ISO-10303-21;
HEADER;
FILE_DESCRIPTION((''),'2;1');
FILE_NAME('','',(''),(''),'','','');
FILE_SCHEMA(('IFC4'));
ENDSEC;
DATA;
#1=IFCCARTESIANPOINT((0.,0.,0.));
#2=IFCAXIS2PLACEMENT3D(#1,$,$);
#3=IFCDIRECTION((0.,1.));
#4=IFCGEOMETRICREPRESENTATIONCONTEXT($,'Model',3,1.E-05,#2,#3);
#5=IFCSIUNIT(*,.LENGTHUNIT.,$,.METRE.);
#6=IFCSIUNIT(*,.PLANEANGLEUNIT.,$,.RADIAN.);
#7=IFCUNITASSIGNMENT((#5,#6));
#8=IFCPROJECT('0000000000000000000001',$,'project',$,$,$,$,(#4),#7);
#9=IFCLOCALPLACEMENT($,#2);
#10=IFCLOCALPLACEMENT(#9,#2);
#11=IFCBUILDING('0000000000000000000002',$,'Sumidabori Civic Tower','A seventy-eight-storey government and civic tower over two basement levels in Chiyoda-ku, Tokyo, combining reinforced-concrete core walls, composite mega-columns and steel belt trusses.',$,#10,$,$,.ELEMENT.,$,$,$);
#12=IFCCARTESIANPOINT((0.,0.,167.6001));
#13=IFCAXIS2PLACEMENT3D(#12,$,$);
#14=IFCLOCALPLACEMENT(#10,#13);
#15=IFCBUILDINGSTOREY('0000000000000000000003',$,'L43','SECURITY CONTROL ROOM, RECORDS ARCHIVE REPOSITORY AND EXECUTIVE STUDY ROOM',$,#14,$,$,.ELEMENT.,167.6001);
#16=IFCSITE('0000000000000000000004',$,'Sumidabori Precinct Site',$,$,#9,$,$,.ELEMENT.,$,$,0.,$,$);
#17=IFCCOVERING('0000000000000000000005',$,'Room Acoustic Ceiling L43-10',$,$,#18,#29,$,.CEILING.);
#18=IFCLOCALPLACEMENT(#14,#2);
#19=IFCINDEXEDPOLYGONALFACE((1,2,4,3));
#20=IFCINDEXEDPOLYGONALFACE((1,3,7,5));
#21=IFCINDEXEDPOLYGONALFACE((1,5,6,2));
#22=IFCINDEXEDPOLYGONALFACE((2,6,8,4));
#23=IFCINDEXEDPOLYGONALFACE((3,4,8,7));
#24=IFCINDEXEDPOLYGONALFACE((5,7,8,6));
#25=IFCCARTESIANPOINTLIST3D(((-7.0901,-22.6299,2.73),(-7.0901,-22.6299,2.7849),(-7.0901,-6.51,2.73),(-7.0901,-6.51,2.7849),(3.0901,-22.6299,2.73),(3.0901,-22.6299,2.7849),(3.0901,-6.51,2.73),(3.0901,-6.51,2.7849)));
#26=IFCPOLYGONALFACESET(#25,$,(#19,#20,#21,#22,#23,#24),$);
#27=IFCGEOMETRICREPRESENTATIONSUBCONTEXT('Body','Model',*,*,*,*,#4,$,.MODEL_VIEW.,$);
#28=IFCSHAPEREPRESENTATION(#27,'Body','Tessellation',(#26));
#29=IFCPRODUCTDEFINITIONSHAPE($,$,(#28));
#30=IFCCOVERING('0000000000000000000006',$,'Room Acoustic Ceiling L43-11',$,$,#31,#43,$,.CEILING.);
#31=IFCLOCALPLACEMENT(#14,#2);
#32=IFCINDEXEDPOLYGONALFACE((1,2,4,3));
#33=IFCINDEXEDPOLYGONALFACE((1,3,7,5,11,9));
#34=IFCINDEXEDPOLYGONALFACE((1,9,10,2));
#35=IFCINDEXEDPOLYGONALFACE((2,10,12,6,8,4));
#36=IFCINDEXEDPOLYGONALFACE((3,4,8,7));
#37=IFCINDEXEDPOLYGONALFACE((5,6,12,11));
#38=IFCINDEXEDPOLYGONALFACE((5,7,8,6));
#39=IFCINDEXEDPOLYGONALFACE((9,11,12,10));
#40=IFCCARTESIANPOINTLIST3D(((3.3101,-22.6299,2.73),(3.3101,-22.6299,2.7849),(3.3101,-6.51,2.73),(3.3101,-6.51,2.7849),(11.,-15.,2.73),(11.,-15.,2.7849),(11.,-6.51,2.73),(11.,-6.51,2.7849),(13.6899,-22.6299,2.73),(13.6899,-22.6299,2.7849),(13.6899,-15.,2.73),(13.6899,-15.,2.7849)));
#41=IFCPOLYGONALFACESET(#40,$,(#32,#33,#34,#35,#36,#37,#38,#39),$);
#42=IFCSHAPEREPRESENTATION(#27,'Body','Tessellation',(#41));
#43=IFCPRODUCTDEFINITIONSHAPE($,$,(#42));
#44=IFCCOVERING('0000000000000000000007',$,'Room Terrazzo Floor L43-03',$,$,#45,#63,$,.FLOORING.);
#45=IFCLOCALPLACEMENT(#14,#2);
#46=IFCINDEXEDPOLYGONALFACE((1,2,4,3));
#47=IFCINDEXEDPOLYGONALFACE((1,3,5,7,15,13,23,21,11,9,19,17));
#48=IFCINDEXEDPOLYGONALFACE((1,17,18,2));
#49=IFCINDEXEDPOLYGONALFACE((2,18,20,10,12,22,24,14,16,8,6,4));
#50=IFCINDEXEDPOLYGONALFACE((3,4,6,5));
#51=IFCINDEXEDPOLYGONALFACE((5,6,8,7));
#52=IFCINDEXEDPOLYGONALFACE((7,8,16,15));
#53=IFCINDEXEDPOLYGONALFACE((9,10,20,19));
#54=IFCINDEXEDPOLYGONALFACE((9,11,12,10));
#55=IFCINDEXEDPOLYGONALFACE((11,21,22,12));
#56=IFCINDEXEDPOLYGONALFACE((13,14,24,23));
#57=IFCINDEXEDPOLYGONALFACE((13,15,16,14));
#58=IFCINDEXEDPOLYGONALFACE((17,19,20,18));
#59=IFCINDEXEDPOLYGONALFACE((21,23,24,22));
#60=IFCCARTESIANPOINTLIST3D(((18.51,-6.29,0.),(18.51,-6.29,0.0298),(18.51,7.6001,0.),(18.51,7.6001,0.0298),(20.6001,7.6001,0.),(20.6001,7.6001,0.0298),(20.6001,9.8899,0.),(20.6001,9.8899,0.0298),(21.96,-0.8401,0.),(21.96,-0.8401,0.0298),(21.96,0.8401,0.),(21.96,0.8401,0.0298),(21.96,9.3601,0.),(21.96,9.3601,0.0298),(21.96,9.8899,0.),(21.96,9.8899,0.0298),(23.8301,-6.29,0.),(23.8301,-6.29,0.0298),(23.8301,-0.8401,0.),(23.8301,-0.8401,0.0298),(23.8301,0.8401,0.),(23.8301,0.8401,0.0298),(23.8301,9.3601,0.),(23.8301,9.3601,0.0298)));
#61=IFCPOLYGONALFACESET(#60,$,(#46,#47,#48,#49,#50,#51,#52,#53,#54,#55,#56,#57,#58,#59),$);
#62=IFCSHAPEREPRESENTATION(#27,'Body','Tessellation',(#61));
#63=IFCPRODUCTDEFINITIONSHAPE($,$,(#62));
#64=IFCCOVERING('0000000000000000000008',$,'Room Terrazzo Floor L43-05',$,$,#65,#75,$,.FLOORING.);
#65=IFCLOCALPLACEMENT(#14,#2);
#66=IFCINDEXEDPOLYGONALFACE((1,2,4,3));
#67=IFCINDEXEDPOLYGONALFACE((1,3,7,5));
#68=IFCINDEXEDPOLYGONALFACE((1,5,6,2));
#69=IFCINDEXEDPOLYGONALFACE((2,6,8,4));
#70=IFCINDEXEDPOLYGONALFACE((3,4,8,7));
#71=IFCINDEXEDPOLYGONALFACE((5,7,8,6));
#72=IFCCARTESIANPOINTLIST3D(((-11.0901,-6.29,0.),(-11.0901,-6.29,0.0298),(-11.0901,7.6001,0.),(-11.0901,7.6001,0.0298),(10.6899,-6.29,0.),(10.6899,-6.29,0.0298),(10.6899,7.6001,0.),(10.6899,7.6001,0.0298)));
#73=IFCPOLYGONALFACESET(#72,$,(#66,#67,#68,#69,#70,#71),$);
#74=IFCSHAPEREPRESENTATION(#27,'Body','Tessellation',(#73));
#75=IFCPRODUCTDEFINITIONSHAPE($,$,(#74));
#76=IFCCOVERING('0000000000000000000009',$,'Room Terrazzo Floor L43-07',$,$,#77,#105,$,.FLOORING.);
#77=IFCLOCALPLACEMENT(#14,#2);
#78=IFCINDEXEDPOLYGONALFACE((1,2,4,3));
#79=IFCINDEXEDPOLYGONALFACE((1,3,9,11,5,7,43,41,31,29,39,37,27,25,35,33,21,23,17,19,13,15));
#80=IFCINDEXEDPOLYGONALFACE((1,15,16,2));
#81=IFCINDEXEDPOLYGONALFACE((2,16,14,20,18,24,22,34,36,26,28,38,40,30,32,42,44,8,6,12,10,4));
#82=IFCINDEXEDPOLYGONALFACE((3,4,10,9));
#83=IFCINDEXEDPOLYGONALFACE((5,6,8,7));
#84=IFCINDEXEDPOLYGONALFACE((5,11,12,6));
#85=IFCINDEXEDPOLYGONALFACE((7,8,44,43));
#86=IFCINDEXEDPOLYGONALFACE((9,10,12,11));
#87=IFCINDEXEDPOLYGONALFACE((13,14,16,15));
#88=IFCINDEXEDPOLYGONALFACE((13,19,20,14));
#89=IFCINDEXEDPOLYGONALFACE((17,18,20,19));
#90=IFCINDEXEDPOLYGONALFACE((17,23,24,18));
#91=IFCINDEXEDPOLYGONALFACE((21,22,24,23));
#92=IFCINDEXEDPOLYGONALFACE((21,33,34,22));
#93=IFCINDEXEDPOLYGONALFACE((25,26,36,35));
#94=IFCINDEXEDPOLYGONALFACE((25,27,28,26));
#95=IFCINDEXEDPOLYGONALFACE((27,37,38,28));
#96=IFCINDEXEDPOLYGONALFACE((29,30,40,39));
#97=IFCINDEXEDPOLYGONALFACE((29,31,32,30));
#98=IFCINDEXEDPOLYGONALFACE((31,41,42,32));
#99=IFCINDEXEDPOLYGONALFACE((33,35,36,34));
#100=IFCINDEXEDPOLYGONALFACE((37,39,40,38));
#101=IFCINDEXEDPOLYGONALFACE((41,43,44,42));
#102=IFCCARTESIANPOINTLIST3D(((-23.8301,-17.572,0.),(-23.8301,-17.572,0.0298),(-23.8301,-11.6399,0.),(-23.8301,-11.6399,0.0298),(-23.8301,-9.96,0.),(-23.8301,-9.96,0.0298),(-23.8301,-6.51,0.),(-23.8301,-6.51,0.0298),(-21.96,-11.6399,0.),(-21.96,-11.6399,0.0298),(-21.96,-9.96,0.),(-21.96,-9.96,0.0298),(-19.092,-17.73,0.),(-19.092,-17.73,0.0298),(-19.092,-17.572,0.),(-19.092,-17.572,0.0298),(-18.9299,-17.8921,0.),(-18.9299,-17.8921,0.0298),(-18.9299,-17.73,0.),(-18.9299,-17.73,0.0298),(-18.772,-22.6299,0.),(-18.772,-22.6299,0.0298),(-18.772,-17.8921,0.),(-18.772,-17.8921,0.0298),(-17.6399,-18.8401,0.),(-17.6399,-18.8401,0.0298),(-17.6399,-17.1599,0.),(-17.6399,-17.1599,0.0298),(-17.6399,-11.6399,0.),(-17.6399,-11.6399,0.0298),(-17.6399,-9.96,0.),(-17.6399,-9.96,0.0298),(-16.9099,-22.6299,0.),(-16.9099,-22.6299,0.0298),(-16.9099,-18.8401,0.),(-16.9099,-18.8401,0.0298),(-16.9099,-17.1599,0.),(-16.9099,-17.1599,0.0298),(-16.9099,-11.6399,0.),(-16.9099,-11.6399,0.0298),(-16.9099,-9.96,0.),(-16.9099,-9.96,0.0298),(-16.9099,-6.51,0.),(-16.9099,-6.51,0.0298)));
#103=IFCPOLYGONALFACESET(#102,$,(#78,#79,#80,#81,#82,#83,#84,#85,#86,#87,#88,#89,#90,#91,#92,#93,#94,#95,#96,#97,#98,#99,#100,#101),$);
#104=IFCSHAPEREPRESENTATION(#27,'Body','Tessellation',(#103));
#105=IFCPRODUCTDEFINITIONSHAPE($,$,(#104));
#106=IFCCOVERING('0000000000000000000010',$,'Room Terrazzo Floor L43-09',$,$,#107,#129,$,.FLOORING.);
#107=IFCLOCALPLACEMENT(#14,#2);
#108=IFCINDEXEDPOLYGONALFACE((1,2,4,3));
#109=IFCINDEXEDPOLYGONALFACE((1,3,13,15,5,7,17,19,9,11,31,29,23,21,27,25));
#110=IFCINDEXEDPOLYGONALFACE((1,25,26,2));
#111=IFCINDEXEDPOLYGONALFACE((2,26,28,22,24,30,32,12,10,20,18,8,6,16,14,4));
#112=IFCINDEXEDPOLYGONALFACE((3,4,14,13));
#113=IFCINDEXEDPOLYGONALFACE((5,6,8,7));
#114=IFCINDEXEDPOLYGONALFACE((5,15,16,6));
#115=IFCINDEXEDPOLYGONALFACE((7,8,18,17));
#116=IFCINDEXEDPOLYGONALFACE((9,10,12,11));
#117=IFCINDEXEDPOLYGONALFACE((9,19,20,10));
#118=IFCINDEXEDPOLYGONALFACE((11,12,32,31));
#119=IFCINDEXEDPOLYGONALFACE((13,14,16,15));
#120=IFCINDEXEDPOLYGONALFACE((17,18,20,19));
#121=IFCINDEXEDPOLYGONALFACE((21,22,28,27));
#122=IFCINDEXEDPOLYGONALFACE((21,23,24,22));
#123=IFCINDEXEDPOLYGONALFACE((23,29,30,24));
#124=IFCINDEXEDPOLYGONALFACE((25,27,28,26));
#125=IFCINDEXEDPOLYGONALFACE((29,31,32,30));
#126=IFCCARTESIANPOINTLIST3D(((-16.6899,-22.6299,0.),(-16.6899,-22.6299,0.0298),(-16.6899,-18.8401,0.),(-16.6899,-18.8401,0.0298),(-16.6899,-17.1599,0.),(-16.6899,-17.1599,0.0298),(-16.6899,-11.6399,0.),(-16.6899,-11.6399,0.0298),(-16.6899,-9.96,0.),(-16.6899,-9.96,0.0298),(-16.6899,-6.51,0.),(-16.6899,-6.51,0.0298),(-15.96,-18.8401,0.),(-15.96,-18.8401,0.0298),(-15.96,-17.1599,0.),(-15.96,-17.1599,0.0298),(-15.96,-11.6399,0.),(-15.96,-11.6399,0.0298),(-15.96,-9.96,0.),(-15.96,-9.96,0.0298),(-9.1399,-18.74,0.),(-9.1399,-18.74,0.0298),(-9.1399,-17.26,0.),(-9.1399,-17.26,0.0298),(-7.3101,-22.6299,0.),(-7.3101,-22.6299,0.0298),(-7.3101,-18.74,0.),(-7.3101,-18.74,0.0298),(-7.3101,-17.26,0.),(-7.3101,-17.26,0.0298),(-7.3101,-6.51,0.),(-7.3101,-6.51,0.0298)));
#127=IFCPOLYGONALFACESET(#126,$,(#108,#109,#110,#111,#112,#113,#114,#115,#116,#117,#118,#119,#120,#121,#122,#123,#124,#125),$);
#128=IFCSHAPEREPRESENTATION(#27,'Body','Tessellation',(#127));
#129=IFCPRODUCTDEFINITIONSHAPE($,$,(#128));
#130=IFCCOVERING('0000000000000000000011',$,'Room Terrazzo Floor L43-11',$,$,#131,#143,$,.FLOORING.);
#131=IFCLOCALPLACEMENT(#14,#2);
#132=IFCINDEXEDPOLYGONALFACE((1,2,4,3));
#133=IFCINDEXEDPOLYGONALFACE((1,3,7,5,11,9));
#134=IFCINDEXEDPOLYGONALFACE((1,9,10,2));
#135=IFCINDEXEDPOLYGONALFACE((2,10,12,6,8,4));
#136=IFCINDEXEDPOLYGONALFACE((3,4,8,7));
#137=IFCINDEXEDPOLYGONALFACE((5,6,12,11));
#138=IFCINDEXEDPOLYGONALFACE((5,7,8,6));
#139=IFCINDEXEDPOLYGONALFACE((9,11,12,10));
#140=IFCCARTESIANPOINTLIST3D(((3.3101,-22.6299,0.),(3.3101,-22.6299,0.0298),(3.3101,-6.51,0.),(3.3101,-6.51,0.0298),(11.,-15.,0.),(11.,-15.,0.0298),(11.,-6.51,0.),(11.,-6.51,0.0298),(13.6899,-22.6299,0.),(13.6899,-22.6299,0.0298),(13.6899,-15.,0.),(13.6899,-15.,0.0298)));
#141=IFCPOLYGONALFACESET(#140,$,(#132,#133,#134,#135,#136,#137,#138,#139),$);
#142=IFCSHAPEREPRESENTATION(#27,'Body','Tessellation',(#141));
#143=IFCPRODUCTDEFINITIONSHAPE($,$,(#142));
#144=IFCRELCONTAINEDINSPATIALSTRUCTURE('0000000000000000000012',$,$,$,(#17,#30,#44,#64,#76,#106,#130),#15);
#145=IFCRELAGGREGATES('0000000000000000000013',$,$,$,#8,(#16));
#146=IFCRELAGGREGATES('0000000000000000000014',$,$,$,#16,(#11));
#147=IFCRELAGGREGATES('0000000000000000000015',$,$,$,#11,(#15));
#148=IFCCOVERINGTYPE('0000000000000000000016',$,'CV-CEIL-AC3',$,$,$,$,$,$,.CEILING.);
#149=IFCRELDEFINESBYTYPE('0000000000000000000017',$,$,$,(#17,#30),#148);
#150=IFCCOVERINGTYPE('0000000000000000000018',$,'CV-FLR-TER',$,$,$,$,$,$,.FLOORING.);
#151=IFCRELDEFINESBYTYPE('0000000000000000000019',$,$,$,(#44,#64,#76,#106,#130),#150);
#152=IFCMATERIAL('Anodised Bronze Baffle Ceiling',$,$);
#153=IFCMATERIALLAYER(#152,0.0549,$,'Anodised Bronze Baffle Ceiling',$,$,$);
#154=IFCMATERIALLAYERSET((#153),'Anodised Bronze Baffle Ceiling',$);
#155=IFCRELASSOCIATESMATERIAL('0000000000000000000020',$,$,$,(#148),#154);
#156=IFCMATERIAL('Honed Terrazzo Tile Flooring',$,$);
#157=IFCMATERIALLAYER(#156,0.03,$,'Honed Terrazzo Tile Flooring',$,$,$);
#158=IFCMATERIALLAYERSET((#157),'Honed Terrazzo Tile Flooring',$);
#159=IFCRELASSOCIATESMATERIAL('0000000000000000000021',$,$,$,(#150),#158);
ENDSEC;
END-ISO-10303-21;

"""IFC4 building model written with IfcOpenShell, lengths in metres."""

from ifc_helpers import new_model, si_unit, direction, frame, origin, place, context, subcontext, project, spatial, polyline, outline, extrude, material, layer, layer_set, type_object, element, save


model = new_model("IFC4")

# Units and contexts
model_context = context("Model", 3, precision=1e-05, world=origin(), true_north=direction((0.0, 1.0)))
body_context = subcontext(model_context, "Body", "Model", "MODEL_VIEW")
ifc_project = project(units=[si_unit("LENGTHUNIT", "METRE"), si_unit("PLANEANGLEUNIT", "RADIAN")], contexts=[model_context])

# Site, building, storey
site_placement = place(None, origin())
site = spatial("IfcSite", under=ifc_project, at=site_placement, Name="Sumidabori Precinct Site", CompositionType="ELEMENT", RefElevation=0.0)
building_placement = place(site_placement, origin())
building = spatial("IfcBuilding", under=site, at=building_placement, Name="Sumidabori Civic Tower", Description="A seventy-eight-storey government and civic tower over two basement levels in Chiyoda-ku, Tokyo, combining reinforced-concrete core walls, composite mega-columns and steel belt trusses.", CompositionType="ELEMENT")
storey_placement = place(building_placement, frame((0.0, 0.0, 167.6001)))
storey = spatial("IfcBuildingStorey", under=building, at=storey_placement, Name="L43", Description="SECURITY CONTROL ROOM, RECORDS ARCHIVE REPOSITORY AND EXECUTIVE STUDY ROOM", CompositionType="ELEMENT", Elevation=167.6001)

# Coverings
ifc_material_1 = material(Name="Anodised Bronze Baffle Ceiling")
ifc_layer_1 = layer(ifc_material_1, 0.0549, Name="Anodised Bronze Baffle Ceiling")
ifc_layer_set_1 = layer_set([ifc_layer_1], Name="Anodised Bronze Baffle Ceiling")
covering_type_1 = type_object("IfcCoveringType", Name="CV-CEIL-AC3", PredefinedType="CEILING", material=ifc_layer_set_1)
covering_1_placement = place(storey_placement, frame((0.0, 0.0, 2.73)))
element("IfcCovering", 1, at=covering_1_placement, inside=storey, type_object=covering_type_1, Name="Room Acoustic Ceiling L43-10", PredefinedType="CEILING", context=body_context, shape_type="SweptSolid", body=[
    extrude(outline(polyline([(-7.0901, -6.51), (3.0901, -6.51), (3.0901, -22.6299), (-7.0901, -22.6299), (-7.0901, -6.51)])), origin(), (0.0, 0.0, 1.0), 0.0549),
])
covering_2_placement = place(storey_placement, frame((0.0, 0.0, 2.73)))
element("IfcCovering", 2, at=covering_2_placement, inside=storey, type_object=covering_type_1, Name="Room Acoustic Ceiling L43-11", PredefinedType="CEILING", context=body_context, shape_type="SweptSolid", body=[
    extrude(outline(polyline([(3.3101, -6.51), (11.0, -6.51), (11.0, -15.0), (13.6899, -15.0), (13.6899, -22.6299), (3.3101, -22.6299), (3.3101, -6.51)])), origin(), (0.0, 0.0, 1.0), 0.0549),
])
ifc_material_2 = material(Name="Honed Terrazzo Tile Flooring")
ifc_layer_2 = layer(ifc_material_2, 0.03, Name="Honed Terrazzo Tile Flooring")
ifc_layer_set_2 = layer_set([ifc_layer_2], Name="Honed Terrazzo Tile Flooring")
covering_type_2 = type_object("IfcCoveringType", Name="CV-FLR-TER", PredefinedType="FLOORING", material=ifc_layer_set_2)
covering_3_placement = place(storey_placement, origin())
element("IfcCovering", 3, at=covering_3_placement, inside=storey, type_object=covering_type_2, Name="Room Terrazzo Floor L43-03", PredefinedType="FLOORING", context=body_context, shape_type="SweptSolid", body=[
    extrude(outline(polyline([(18.51, 7.6001), (20.6001, 7.6001), (20.6001, 9.8899), (21.96, 9.8899), (21.96, 9.3601), (23.8301, 9.3601), (23.8301, 0.8401), (21.96, 0.8401), (21.96, -0.8401), (23.8301, -0.8401), (23.8301, -6.29), (18.51, -6.29), (18.51, 7.6001)])), origin(), (0.0, 0.0, 1.0), 0.0298),
])
covering_4_placement = place(storey_placement, origin())
element("IfcCovering", 4, at=covering_4_placement, inside=storey, type_object=covering_type_2, Name="Room Terrazzo Floor L43-05", PredefinedType="FLOORING", context=body_context, shape_type="SweptSolid", body=[
    extrude(outline(polyline([(-11.0901, 7.6001), (10.6899, 7.6001), (10.6899, -6.29), (-11.0901, -6.29), (-11.0901, 7.6001)])), origin(), (0.0, 0.0, 1.0), 0.0298),
])
covering_5_placement = place(storey_placement, origin())
element("IfcCovering", 5, at=covering_5_placement, inside=storey, type_object=covering_type_2, Name="Room Terrazzo Floor L43-07", PredefinedType="FLOORING", context=body_context, shape_type="SweptSolid", body=[
    extrude(outline(polyline([(-21.96, -11.6399), (-21.96, -9.96), (-23.8301, -9.96), (-23.8301, -6.51), (-16.9099, -6.51), (-16.9099, -9.96), (-17.6399, -9.96), (-17.6399, -11.6399), (-16.9099, -11.6399), (-16.9099, -17.1599), (-17.6399, -17.1599), (-17.6399, -18.8401), (-16.9099, -18.8401), (-16.9099, -22.6299), (-18.772, -22.6299), (-18.772, -17.8921), (-18.9299, -17.8921), (-18.9299, -17.73), (-19.092, -17.73), (-19.092, -17.572), (-23.8301, -17.572), (-23.8301, -11.6399), (-21.96, -11.6399)])), origin(), (0.0, 0.0, 1.0), 0.0298),
])
covering_6_placement = place(storey_placement, origin())
element("IfcCovering", 6, at=covering_6_placement, inside=storey, type_object=covering_type_2, Name="Room Terrazzo Floor L43-09", PredefinedType="FLOORING", context=body_context, shape_type="SweptSolid", body=[
    extrude(outline(polyline([(-16.6899, -18.8401), (-15.96, -18.8401), (-15.96, -17.1599), (-16.6899, -17.1599), (-16.6899, -11.6399), (-15.96, -11.6399), (-15.96, -9.96), (-16.6899, -9.96), (-16.6899, -6.51), (-7.3101, -6.51), (-7.3101, -17.26), (-9.1399, -17.26), (-9.1399, -18.74), (-7.3101, -18.74), (-7.3101, -22.6299), (-16.6899, -22.6299), (-16.6899, -18.8401)])), origin(), (0.0, 0.0, 1.0), 0.0298),
])
covering_7_placement = place(storey_placement, origin())
element("IfcCovering", 7, at=covering_7_placement, inside=storey, type_object=covering_type_2, Name="Room Terrazzo Floor L43-11", PredefinedType="FLOORING", context=body_context, shape_type="SweptSolid", body=[
    extrude(outline(polyline([(3.3101, -6.51), (11.0, -6.51), (11.0, -15.0), (13.6899, -15.0), (13.6899, -22.6299), (3.3101, -22.6299), (3.3101, -6.51)])), origin(), (0.0, 0.0, 1.0), 0.0298),
])

save(model, "model.ifc")
